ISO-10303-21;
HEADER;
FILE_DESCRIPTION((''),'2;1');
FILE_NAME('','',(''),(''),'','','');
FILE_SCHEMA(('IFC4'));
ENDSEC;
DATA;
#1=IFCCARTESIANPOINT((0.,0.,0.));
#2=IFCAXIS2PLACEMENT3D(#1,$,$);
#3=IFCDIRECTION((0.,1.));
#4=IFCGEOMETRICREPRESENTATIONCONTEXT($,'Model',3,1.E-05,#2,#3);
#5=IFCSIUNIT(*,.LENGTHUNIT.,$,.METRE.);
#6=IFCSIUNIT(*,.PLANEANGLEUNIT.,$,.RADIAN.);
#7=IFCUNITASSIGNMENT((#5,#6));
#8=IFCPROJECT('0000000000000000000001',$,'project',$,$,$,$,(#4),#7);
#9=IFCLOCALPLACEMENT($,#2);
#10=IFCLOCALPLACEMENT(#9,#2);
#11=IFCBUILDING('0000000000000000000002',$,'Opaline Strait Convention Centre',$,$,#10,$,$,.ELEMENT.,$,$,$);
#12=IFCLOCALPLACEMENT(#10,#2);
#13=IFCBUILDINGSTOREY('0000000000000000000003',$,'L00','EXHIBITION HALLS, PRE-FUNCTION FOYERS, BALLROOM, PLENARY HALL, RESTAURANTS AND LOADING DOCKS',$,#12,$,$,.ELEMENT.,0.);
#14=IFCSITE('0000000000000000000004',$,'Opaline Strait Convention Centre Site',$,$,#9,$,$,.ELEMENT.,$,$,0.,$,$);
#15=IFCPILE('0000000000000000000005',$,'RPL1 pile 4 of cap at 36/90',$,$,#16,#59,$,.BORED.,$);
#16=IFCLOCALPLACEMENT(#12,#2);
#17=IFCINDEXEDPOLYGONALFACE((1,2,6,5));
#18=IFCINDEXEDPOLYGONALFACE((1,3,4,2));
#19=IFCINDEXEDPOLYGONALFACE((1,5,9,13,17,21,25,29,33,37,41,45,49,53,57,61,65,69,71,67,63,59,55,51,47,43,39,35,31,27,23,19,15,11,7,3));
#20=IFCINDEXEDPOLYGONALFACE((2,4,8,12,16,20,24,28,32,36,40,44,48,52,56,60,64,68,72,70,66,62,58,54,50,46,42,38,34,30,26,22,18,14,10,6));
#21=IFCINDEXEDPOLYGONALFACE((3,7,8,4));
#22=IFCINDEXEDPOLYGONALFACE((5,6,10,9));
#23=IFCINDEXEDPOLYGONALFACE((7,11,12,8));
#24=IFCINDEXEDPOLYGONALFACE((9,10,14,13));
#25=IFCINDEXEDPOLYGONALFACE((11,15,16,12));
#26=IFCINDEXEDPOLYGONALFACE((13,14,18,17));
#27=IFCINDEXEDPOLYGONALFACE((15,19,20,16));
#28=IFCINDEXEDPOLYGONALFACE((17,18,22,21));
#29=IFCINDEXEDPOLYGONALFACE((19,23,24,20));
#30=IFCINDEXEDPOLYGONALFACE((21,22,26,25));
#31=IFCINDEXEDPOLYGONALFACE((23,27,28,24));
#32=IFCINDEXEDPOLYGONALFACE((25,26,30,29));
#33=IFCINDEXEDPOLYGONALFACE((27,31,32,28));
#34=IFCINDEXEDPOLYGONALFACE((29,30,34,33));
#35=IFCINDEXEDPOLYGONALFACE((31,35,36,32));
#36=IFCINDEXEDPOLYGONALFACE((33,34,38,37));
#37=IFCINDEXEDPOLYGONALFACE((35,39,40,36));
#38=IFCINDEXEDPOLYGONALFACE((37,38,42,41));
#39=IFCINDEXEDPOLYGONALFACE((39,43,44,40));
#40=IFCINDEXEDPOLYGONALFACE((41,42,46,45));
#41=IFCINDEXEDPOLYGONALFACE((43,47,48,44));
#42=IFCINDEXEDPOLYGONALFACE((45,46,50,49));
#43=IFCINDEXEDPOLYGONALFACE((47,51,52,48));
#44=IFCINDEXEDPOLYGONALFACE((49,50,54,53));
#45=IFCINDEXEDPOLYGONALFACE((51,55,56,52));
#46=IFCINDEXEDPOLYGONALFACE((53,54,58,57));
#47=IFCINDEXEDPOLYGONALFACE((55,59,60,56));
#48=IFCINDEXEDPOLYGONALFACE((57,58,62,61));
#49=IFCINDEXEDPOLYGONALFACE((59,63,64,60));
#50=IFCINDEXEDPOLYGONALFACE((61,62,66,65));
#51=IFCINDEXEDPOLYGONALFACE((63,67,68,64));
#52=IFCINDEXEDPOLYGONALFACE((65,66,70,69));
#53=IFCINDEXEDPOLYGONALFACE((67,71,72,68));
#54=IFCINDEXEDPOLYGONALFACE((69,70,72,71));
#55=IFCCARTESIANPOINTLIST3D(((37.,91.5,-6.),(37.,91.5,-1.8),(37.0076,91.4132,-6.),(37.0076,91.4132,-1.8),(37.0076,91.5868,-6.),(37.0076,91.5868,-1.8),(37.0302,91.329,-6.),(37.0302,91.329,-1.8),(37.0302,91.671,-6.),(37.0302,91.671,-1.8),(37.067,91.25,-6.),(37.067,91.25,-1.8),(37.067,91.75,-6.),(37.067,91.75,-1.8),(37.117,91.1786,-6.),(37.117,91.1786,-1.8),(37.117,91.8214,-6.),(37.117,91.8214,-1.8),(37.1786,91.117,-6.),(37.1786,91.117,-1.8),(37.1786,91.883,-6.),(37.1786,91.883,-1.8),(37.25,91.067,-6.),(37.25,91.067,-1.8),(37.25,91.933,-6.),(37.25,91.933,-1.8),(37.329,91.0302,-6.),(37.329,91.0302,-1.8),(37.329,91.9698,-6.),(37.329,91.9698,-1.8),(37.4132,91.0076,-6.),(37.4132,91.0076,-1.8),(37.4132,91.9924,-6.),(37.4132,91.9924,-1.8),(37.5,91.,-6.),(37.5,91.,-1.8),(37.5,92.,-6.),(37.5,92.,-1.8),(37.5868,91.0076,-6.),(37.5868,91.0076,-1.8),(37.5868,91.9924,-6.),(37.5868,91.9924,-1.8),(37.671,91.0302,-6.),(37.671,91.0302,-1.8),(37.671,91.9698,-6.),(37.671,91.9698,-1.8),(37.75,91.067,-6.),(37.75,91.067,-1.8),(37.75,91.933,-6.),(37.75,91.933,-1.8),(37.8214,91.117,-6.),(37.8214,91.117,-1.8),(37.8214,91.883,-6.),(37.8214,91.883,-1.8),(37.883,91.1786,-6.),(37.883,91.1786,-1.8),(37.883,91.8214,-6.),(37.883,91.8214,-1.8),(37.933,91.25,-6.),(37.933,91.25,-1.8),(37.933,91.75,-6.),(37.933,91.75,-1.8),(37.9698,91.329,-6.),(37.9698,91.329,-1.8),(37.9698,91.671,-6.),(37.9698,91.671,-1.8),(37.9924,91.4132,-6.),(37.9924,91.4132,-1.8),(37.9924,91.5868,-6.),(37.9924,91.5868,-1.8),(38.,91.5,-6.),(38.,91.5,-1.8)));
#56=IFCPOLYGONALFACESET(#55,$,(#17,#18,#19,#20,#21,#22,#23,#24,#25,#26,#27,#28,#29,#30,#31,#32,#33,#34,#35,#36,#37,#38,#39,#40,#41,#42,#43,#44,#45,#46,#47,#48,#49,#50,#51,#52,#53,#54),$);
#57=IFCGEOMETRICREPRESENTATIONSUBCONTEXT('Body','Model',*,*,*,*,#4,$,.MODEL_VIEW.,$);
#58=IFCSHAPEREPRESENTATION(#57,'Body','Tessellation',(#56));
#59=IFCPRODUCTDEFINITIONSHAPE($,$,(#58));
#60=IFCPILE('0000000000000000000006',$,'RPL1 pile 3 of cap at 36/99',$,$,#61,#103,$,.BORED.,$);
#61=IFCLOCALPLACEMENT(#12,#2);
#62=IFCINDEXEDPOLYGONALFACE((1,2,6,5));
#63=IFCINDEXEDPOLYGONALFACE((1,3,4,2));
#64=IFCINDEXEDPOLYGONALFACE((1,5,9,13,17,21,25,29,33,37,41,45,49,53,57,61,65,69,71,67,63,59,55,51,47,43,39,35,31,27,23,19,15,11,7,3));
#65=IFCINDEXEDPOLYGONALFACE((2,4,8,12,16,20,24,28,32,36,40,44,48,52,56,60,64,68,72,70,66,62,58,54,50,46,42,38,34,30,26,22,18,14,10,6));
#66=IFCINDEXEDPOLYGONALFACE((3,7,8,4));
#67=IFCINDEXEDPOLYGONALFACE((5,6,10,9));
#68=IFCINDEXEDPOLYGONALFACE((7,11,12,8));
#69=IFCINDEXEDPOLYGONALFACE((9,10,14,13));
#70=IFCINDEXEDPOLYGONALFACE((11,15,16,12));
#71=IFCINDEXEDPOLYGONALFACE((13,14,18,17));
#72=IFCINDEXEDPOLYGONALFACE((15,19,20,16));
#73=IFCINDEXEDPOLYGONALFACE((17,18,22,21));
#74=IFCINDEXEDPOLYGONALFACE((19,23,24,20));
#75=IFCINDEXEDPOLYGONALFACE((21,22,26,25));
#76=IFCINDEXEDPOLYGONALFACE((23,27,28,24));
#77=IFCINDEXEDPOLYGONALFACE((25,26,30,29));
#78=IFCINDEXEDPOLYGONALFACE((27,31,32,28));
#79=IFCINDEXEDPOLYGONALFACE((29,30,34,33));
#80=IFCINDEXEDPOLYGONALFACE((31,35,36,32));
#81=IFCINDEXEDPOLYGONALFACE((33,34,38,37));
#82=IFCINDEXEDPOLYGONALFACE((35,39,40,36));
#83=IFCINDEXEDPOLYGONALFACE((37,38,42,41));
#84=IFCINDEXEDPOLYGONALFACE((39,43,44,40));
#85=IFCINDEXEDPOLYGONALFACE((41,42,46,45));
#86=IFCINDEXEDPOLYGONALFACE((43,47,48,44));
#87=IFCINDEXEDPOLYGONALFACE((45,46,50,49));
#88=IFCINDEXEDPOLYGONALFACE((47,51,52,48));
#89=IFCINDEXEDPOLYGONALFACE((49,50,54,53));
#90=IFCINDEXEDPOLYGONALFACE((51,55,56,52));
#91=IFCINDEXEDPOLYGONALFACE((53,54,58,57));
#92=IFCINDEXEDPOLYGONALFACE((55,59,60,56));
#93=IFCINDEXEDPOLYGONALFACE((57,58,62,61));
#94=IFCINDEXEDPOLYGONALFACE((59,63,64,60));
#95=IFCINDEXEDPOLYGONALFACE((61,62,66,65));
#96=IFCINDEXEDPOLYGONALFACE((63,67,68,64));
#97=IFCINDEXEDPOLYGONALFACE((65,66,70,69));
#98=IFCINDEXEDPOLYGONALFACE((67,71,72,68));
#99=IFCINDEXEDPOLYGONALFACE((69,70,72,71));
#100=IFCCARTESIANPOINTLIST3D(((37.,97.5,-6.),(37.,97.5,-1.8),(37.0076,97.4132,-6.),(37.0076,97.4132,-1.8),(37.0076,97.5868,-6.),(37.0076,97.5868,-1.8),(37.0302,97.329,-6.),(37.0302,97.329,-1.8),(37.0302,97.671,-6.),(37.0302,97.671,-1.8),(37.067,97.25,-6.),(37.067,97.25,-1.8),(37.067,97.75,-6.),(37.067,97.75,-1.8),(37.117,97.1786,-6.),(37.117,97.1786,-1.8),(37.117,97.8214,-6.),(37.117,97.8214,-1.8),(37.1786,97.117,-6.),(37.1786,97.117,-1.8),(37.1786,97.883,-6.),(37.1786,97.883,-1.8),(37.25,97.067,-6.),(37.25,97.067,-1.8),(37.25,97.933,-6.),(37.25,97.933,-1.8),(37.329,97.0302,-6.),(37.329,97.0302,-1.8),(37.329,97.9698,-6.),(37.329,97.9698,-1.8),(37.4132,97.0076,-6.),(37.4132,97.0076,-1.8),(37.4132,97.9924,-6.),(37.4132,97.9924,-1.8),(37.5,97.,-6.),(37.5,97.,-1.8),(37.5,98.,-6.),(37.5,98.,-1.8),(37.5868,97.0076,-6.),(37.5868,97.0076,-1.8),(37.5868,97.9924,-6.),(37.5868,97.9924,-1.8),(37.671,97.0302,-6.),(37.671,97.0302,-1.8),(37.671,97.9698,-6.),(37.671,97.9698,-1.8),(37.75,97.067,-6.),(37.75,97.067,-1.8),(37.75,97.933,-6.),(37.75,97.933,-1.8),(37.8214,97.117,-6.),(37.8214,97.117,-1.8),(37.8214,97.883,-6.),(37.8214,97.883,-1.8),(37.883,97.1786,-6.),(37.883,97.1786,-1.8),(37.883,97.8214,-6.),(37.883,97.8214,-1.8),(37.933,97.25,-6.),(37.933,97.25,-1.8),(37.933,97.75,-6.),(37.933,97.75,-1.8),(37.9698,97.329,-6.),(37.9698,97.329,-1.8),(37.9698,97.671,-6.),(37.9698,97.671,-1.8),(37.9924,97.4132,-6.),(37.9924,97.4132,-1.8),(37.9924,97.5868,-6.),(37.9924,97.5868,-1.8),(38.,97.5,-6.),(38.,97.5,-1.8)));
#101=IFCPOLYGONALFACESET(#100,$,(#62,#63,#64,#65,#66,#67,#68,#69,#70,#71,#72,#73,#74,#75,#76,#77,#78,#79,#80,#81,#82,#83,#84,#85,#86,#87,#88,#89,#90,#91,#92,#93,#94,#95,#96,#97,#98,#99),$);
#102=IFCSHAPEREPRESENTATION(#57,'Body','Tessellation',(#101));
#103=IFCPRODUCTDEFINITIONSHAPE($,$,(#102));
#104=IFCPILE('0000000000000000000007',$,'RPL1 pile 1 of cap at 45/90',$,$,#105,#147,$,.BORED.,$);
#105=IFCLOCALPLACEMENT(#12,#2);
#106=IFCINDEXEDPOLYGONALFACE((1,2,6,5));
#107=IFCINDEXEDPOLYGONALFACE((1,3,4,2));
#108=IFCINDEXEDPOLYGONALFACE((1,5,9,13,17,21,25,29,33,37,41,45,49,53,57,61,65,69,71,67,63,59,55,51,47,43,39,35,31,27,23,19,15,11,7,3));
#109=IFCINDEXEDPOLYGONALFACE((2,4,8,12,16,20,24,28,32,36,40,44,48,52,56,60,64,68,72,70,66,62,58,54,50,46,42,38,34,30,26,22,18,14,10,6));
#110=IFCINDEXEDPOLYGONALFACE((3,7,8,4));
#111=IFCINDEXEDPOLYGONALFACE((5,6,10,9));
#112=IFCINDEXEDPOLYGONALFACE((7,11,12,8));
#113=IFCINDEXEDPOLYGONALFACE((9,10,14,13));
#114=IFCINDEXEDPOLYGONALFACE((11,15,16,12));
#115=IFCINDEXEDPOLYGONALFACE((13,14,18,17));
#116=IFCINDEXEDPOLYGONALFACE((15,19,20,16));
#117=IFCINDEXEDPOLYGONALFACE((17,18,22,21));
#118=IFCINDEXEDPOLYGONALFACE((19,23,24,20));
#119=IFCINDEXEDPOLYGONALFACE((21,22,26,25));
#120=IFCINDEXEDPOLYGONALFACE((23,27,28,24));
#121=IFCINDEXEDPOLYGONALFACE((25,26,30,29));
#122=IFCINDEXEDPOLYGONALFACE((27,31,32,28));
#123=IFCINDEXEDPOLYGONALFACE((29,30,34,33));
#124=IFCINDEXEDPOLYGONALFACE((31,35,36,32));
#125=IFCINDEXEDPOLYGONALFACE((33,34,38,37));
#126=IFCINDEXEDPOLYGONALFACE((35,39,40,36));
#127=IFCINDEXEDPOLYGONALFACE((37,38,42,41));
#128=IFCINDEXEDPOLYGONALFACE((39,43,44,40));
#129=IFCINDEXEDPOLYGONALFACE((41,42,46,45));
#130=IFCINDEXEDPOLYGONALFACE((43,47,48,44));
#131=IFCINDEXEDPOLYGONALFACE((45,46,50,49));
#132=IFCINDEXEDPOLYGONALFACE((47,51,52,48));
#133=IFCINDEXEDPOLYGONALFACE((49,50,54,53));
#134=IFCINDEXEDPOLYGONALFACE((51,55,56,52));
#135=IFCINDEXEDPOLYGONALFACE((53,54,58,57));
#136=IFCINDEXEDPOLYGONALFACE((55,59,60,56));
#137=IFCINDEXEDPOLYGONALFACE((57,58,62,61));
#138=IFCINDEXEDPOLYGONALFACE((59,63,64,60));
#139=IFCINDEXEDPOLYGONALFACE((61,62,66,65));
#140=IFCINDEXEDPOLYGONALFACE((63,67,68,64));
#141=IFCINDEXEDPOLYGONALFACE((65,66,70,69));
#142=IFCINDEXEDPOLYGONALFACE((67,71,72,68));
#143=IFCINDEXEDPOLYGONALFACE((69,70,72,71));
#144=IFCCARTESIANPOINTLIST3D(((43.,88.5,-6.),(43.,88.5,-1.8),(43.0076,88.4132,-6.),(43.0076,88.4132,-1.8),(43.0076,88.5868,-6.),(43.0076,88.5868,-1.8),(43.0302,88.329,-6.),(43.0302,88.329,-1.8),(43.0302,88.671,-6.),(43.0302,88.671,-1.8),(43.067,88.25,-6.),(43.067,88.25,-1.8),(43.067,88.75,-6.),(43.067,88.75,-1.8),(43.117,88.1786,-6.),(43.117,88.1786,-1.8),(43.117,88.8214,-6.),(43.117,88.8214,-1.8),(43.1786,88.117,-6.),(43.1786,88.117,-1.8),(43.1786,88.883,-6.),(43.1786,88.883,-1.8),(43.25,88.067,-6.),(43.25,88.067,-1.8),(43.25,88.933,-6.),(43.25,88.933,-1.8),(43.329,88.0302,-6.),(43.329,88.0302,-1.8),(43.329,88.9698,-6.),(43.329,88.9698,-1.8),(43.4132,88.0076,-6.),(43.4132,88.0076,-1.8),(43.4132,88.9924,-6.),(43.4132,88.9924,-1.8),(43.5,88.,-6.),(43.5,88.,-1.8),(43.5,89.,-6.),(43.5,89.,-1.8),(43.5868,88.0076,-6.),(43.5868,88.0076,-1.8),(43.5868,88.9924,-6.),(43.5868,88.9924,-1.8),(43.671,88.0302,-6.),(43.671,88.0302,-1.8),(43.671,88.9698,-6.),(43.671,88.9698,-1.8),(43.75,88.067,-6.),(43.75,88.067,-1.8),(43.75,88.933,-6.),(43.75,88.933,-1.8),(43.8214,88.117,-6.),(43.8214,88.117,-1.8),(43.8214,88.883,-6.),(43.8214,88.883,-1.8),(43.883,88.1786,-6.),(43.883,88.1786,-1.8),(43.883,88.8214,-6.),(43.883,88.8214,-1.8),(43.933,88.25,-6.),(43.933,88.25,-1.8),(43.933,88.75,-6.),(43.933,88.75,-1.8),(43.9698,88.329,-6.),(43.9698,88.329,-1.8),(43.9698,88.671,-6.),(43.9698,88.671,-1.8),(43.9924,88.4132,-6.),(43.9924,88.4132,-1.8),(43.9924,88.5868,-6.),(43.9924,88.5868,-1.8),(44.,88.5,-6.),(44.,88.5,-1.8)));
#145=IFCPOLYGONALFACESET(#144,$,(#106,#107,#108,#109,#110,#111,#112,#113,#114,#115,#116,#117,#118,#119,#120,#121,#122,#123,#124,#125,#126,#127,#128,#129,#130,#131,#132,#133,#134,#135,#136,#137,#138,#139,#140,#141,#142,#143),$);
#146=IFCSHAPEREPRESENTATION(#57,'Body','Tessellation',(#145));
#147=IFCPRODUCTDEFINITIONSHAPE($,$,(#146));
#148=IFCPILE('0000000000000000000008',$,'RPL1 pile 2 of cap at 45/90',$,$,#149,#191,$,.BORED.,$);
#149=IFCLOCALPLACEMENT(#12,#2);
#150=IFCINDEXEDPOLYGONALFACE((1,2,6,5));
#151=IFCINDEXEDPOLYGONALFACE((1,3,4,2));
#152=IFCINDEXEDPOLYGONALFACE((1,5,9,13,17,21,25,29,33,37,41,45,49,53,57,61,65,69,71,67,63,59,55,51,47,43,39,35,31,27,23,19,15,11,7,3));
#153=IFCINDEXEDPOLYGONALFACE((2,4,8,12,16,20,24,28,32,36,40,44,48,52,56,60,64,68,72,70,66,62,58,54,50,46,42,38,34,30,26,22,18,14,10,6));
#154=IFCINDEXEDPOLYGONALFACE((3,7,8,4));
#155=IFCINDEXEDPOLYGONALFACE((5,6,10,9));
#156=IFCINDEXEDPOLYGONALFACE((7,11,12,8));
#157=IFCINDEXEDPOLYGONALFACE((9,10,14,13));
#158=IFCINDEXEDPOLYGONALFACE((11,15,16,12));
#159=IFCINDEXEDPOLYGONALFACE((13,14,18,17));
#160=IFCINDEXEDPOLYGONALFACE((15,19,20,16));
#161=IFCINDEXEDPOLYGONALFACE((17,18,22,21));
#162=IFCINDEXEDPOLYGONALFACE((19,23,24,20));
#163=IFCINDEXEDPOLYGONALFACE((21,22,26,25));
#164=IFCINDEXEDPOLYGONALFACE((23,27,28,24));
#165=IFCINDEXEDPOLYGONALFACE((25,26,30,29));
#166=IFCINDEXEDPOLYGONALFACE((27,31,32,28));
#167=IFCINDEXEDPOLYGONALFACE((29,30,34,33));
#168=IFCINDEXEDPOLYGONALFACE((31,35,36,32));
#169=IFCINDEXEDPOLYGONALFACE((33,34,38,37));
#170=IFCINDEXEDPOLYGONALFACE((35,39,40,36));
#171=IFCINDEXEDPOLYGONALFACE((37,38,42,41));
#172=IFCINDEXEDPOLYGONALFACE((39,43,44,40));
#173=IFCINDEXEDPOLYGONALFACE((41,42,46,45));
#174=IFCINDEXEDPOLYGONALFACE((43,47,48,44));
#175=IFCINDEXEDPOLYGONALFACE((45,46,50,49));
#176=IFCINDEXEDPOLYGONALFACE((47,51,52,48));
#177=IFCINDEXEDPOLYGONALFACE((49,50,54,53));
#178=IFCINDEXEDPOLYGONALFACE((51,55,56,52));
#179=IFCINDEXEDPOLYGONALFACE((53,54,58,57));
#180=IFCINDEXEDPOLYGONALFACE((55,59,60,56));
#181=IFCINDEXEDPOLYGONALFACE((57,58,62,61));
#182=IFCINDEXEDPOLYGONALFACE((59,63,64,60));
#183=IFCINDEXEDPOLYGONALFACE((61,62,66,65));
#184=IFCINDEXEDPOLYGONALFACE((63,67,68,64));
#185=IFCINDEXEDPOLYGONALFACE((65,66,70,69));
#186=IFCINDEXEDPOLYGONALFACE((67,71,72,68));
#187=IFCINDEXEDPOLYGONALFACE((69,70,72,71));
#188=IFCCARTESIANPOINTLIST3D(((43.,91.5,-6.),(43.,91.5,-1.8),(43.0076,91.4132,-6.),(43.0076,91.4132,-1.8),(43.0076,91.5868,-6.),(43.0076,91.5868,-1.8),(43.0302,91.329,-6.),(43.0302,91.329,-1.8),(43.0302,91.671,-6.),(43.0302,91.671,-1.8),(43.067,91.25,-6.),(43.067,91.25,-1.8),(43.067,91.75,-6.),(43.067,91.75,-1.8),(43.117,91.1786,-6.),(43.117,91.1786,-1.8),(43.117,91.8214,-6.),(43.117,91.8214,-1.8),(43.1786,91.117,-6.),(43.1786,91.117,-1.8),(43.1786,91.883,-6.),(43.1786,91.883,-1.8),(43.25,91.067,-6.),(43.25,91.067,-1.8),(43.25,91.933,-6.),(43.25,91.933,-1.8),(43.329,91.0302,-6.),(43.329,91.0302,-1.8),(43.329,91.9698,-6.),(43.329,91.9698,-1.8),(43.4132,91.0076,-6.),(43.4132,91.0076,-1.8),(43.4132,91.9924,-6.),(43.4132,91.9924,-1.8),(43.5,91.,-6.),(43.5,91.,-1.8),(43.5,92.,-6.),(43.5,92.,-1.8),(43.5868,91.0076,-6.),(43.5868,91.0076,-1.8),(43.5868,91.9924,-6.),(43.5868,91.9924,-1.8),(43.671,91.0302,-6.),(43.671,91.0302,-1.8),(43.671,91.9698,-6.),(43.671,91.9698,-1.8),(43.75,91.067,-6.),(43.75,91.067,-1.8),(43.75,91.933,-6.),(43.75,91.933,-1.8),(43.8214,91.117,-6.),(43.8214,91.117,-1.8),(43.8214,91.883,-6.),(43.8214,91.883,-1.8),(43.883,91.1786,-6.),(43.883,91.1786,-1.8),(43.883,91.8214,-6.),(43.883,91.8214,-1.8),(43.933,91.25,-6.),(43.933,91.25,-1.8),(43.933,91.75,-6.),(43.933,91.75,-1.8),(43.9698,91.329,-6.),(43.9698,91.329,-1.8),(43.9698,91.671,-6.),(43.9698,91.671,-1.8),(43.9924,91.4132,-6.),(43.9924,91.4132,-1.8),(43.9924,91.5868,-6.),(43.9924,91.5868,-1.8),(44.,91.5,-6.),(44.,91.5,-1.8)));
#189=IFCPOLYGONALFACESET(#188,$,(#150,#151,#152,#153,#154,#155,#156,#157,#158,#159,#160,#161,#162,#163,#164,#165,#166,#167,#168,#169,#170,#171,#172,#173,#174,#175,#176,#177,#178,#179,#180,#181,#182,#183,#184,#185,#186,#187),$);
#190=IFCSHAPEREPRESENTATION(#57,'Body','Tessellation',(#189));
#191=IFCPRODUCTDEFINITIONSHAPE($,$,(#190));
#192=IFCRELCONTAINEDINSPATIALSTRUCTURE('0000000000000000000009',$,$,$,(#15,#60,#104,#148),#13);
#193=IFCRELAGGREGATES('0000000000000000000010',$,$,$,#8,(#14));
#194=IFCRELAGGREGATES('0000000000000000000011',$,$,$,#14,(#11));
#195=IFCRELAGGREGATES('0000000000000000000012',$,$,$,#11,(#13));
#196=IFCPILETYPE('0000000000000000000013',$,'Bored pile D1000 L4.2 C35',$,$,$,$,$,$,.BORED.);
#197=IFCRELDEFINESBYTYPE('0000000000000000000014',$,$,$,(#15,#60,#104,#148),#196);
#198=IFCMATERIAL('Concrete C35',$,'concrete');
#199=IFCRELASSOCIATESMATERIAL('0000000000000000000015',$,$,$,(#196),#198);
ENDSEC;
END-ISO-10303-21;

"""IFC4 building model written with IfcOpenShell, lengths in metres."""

from ifc_helpers import new_model, si_unit, direction, frame, origin, origin_2d, place, context, subcontext, project, spatial, circle, extrude, material, material_profile, profile_set, type_object, element, save


model = new_model("IFC4")

# Units and contexts
model_context = context("Model", 3, precision=1e-05, world=origin(), true_north=direction((0.0, 1.0)))
body_context = subcontext(model_context, "Body", "Model", "MODEL_VIEW")
ifc_project = project(units=[si_unit("LENGTHUNIT", "METRE"), si_unit("PLANEANGLEUNIT", "RADIAN")], contexts=[model_context])

# Site, building, storey
site_placement = place(None, origin())
site = spatial("IfcSite", under=ifc_project, at=site_placement, Name="Opaline Strait Convention Centre Site", CompositionType="ELEMENT", RefElevation=0.0)
building_placement = place(site_placement, origin())
building = spatial("IfcBuilding", under=site, at=building_placement, Name="Opaline Strait Convention Centre", CompositionType="ELEMENT")
storey_placement = place(building_placement, origin())
storey = spatial("IfcBuildingStorey", under=building, at=storey_placement, Name="L00", Description="EXHIBITION HALLS, PRE-FUNCTION FOYERS, BALLROOM, PLENARY HALL, RESTAURANTS AND LOADING DOCKS", CompositionType="ELEMENT", Elevation=0.0)

# Piles
ifc_material_1 = material(Name="Concrete C35", Category="concrete")
ifc_material_profile_1 = material_profile(ifc_material_1, circle(Radius=0.5, at=origin_2d()), Name="D1000")
ifc_profile_set_1 = profile_set([ifc_material_profile_1], Name="Concrete C35")
pile_type = type_object("IfcPileType", Name="Bored pile D1000 L4.2 C35", PredefinedType="BORED", material=ifc_profile_set_1)
for number, where, z_axis, x_axis, name in (
    (1, (37.5, 91.5, -1.8), (0.0, 0.0, -1.0), (1.0, 0.0, 0.0), "RPL1 pile 4 of cap at 36/90"),
    (2, (37.5, 97.5, -1.8), (0.0, 0.0, -1.0), (1.0, 0.0, 0.0), "RPL1 pile 3 of cap at 36/99"),
    (3, (43.5, 88.5, -1.8), (0.0, 0.0, -1.0), (1.0, 0.0, 0.0), "RPL1 pile 1 of cap at 45/90"),
    (4, (43.5, 91.5, -1.8), (0.0, 0.0, -1.0), (1.0, 0.0, 0.0), "RPL1 pile 2 of cap at 45/90"),
):
    element("IfcPile", number, at=place(storey_placement, frame(where, z_axis=z_axis, x_axis=x_axis)), inside=storey, type_object=pile_type, Name=name, PredefinedType="BORED", context=body_context, shape_type="SweptSolid", body=[
        extrude(circle(Radius=0.5, at=origin_2d()), origin(), (0.0, 0.0, 1.0), 4.2),
    ])

save(model, "model.ifc")
